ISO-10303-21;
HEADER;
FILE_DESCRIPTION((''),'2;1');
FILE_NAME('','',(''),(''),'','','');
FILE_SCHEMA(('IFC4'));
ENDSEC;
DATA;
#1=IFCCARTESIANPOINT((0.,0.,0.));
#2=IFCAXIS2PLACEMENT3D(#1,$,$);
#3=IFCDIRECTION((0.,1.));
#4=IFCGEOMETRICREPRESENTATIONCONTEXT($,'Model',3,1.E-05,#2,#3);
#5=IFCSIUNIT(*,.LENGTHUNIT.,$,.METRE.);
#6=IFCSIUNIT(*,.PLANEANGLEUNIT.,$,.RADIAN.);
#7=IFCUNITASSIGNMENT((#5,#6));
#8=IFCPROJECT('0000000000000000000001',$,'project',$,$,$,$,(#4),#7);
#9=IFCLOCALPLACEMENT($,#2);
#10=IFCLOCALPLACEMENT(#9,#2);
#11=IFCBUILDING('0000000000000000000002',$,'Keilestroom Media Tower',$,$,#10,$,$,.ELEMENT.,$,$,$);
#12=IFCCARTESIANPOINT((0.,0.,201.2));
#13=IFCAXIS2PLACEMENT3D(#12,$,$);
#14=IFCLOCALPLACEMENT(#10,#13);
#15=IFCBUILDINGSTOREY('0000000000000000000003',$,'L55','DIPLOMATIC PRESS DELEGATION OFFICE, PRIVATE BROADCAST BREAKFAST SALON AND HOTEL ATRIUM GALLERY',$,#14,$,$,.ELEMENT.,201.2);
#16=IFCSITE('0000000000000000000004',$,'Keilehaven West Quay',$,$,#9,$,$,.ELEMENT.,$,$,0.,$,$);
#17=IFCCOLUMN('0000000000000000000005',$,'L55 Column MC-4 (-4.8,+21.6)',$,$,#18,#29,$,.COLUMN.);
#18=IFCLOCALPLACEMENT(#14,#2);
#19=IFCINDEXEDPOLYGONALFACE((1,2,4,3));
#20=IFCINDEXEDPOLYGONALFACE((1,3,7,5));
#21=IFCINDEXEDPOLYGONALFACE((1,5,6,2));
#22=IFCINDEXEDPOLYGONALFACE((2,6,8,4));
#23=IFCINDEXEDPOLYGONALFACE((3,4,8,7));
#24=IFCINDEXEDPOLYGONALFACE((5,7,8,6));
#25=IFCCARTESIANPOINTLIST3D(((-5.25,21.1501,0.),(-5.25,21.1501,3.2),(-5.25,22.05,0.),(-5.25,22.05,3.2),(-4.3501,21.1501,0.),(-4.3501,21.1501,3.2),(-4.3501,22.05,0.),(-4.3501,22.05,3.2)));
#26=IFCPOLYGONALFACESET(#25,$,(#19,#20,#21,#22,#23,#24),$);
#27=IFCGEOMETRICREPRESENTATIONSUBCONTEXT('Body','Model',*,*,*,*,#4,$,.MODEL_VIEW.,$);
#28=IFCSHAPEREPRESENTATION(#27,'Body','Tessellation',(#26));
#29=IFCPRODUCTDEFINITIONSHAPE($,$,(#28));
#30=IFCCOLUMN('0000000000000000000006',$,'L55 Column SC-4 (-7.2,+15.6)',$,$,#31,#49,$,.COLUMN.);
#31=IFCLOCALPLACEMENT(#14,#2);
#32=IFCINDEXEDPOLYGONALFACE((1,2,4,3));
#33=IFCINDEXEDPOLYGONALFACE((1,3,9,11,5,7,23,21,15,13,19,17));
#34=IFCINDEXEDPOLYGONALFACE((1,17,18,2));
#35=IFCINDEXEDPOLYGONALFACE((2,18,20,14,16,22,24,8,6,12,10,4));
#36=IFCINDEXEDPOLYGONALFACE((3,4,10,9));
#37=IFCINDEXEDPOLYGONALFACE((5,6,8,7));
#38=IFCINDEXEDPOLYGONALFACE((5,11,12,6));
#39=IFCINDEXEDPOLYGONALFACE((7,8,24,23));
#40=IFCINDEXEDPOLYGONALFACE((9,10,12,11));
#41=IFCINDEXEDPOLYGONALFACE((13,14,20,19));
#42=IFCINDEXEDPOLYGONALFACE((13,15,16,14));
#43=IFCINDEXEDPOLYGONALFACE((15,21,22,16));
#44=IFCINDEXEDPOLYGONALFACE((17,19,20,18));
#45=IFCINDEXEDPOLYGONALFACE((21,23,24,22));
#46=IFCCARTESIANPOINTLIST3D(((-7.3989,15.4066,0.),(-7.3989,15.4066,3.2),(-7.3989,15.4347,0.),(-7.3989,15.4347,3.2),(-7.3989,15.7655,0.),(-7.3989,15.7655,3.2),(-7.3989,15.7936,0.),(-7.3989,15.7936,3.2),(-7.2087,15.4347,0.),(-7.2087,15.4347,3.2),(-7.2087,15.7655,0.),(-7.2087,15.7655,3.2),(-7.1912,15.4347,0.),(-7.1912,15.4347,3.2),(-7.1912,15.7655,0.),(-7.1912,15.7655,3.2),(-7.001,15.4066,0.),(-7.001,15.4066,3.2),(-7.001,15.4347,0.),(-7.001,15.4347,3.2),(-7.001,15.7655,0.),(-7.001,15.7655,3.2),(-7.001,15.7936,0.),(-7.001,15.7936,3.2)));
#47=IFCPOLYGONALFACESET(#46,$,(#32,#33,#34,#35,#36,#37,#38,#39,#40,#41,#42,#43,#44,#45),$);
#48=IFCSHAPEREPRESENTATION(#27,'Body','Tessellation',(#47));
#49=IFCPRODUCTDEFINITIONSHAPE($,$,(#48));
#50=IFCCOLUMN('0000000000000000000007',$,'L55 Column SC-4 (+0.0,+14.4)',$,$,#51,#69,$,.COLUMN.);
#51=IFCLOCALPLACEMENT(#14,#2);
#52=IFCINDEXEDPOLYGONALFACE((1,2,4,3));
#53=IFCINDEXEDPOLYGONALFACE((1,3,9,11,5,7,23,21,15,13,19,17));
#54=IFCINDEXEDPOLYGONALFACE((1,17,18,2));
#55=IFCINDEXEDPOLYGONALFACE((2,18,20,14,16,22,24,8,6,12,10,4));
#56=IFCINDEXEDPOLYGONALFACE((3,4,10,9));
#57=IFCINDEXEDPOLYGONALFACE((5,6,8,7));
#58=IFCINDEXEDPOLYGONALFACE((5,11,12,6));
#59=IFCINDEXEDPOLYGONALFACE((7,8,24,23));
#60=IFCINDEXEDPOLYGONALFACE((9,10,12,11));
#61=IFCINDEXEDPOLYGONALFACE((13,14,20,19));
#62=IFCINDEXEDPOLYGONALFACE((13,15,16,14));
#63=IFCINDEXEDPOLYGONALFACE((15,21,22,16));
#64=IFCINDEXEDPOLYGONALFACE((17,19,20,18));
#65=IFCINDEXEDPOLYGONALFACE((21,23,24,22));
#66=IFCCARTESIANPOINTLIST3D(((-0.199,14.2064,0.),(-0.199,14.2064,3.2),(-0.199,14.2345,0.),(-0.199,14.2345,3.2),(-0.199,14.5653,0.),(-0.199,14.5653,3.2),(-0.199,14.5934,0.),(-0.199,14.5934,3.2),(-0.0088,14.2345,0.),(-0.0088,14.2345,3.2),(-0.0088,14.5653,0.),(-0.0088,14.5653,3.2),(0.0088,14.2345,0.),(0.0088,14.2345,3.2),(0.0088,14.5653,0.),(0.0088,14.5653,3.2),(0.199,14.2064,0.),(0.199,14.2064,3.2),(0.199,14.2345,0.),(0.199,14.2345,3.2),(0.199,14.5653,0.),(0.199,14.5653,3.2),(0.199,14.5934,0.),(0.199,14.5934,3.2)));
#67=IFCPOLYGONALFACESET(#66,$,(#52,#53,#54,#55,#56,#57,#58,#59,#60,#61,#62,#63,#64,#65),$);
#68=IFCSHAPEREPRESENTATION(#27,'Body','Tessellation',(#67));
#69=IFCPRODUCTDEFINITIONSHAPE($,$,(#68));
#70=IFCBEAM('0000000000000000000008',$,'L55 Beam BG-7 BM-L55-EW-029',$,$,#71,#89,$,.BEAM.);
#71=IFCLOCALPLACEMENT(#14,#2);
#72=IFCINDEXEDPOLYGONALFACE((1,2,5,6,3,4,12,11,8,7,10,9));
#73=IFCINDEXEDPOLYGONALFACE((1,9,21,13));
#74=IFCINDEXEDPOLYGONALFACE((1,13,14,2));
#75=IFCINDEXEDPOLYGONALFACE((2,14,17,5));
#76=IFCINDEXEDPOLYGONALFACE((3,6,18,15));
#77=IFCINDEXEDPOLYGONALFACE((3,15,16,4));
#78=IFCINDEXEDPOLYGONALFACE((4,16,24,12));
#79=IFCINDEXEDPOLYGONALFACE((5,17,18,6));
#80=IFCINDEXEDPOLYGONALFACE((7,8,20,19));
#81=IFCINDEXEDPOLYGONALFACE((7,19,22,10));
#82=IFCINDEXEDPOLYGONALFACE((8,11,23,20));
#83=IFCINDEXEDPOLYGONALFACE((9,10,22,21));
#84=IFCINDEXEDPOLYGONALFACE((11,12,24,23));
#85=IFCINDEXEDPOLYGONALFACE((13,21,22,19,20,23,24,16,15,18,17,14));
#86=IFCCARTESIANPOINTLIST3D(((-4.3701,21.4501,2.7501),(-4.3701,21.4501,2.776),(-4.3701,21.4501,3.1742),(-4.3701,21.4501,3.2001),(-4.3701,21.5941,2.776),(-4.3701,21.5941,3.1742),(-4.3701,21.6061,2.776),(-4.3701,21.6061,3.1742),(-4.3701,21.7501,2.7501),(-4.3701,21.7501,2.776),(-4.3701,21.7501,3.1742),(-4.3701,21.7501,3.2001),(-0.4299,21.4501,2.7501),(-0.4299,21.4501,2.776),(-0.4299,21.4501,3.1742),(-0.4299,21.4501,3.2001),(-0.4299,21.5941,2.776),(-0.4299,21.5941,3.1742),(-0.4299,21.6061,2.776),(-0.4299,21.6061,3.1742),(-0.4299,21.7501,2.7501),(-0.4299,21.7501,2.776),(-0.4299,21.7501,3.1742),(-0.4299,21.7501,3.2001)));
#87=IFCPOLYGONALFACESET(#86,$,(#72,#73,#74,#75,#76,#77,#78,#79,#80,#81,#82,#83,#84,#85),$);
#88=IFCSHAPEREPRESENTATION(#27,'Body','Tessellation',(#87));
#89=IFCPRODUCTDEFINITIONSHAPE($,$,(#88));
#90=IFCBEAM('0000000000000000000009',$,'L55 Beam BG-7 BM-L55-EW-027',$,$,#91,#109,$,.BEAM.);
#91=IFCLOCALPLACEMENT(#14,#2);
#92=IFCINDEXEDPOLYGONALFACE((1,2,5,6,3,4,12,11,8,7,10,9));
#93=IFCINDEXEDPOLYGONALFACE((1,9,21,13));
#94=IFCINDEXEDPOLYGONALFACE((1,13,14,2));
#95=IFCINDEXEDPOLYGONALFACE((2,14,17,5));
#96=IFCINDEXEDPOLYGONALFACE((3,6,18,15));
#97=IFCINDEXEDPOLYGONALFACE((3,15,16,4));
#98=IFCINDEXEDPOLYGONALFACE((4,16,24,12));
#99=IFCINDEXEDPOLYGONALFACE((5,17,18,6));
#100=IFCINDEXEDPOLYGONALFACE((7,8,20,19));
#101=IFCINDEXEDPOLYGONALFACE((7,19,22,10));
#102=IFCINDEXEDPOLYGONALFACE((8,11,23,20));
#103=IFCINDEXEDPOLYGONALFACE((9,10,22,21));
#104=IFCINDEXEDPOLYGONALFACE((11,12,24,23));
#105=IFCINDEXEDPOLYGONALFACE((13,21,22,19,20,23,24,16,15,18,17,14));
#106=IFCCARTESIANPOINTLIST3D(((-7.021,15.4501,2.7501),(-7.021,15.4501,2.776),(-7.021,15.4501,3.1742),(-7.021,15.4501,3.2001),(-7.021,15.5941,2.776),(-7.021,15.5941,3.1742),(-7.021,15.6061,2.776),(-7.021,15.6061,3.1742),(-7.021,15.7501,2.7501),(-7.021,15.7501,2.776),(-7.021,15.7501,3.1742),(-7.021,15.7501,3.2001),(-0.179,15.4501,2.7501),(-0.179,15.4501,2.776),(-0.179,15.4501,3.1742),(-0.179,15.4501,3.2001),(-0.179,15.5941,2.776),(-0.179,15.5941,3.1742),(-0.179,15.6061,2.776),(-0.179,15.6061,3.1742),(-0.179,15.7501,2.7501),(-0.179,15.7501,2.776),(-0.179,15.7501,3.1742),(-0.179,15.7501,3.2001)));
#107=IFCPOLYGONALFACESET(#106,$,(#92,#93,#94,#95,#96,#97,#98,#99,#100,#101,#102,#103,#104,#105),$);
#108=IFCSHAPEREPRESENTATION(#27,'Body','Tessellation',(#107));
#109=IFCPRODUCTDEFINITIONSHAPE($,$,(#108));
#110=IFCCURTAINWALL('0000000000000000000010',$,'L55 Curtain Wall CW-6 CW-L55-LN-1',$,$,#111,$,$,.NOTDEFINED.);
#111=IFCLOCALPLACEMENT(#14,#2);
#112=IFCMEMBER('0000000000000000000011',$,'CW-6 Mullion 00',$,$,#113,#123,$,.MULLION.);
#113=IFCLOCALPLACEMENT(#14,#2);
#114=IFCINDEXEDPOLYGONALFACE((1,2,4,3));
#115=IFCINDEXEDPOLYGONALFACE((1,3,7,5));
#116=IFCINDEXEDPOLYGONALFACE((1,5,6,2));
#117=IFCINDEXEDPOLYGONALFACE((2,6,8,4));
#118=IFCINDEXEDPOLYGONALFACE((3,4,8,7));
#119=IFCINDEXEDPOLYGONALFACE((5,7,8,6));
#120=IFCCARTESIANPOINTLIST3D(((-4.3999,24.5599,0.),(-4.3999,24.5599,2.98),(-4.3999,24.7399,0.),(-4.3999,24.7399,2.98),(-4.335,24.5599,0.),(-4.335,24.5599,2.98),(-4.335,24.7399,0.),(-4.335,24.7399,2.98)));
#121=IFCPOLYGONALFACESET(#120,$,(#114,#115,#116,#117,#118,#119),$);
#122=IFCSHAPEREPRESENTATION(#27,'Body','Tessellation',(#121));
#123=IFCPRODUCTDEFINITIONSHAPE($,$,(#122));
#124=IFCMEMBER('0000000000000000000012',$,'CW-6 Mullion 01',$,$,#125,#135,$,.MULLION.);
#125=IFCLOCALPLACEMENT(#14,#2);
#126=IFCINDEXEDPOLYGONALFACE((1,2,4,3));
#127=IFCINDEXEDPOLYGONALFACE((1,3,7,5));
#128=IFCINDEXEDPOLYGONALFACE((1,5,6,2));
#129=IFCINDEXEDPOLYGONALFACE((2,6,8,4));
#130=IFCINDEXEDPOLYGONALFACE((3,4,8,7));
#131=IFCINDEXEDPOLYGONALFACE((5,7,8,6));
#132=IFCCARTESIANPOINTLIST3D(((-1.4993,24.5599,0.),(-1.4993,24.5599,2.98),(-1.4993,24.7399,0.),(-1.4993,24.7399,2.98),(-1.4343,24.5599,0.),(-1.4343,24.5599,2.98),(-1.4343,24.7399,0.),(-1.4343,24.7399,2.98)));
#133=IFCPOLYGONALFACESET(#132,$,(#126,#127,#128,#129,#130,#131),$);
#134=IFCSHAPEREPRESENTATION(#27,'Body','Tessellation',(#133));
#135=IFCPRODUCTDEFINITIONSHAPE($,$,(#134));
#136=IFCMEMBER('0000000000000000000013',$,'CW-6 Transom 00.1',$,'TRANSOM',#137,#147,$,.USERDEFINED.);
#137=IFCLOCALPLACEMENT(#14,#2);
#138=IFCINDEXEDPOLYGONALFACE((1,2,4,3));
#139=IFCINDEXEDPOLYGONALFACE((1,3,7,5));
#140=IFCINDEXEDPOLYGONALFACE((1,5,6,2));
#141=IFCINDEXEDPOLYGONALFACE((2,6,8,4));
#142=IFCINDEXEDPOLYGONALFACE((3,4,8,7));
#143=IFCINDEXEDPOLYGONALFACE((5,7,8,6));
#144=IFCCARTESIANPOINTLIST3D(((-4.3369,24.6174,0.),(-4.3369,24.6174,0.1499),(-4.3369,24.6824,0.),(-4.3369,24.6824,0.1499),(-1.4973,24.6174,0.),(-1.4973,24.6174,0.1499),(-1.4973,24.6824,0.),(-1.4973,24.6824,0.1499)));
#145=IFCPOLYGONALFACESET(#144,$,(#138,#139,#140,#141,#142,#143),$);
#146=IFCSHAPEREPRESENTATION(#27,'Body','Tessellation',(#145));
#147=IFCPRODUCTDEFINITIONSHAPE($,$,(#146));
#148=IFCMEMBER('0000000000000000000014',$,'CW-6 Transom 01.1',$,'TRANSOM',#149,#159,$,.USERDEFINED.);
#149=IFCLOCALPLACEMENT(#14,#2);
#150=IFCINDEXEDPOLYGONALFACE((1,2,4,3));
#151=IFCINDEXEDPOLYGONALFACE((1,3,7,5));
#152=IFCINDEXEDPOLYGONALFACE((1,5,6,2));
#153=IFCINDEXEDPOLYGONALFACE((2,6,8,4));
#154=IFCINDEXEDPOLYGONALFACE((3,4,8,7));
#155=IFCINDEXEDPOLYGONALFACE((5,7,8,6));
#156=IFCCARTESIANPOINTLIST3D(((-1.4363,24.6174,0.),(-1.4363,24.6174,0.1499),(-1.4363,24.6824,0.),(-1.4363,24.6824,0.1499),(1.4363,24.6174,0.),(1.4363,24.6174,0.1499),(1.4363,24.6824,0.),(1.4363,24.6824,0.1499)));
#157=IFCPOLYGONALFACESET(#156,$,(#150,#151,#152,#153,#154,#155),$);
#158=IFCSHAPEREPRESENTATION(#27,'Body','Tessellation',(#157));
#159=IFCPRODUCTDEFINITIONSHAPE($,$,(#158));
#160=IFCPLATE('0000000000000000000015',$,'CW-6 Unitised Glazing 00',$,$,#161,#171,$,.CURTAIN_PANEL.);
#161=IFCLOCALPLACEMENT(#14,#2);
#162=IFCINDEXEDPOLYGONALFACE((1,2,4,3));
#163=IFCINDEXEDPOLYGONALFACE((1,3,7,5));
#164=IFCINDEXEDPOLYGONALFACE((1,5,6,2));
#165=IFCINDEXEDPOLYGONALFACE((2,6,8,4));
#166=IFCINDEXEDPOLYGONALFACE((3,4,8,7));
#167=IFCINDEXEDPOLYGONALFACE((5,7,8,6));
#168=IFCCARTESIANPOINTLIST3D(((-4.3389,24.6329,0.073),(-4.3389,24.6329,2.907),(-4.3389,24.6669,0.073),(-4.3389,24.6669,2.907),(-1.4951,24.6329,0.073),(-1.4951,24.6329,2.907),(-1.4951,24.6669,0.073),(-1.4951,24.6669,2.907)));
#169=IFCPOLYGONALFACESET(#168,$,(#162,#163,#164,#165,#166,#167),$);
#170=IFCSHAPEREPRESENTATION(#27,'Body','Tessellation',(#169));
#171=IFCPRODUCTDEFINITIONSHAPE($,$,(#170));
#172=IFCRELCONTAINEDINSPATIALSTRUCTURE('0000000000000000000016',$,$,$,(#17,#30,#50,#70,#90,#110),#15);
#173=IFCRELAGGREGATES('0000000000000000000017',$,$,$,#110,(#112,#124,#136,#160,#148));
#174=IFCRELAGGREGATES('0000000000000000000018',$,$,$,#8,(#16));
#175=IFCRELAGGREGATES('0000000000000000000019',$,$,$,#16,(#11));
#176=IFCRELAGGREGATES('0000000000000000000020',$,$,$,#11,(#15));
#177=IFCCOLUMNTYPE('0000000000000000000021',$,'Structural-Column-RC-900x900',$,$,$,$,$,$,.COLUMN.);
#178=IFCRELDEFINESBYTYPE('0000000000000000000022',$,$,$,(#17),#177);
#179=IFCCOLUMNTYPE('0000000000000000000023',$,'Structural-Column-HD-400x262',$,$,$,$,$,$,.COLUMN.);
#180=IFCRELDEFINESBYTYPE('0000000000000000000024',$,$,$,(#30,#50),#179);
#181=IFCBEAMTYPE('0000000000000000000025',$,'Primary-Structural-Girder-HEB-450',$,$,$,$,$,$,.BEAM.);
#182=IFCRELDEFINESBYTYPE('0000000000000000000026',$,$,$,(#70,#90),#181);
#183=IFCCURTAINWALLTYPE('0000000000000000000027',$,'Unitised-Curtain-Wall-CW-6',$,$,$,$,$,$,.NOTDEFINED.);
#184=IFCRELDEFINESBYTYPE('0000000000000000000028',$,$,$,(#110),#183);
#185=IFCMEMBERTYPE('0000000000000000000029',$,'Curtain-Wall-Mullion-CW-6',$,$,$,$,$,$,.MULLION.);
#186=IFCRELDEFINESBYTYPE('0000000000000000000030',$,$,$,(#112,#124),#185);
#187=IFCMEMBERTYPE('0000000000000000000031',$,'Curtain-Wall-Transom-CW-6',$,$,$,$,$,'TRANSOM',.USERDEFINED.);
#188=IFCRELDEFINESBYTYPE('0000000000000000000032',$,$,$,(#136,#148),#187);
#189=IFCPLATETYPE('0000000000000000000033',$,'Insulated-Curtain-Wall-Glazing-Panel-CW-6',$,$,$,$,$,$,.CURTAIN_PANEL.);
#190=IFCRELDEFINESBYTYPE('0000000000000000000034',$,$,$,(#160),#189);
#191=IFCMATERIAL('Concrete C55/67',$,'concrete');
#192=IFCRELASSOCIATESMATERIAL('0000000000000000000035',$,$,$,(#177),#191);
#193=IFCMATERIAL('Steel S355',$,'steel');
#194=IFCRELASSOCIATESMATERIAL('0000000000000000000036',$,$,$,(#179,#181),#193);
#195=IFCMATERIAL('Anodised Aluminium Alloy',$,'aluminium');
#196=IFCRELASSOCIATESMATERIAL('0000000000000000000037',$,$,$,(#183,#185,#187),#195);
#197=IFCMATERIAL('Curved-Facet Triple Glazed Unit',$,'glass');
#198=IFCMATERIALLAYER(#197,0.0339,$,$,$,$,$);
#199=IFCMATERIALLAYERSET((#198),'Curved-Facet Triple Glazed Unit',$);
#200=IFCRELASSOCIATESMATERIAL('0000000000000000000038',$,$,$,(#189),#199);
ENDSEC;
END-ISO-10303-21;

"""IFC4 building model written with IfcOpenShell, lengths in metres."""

from ifc_helpers import new_model, si_unit, direction, frame, origin, origin_2d, place, context, subcontext, project, spatial, rectangle, i_section, extrude, source, transform, mapped, material, layer, layer_set, material_profile, profile_set, type_object, element, aggregate, save


model = new_model("IFC4")

# Units and contexts
model_context = context("Model", 3, precision=1e-05, world=origin(), true_north=direction((0.0, 1.0)))
body_context = subcontext(model_context, "Body", "Model", "MODEL_VIEW")
ifc_project = project(units=[si_unit("LENGTHUNIT", "METRE"), si_unit("PLANEANGLEUNIT", "RADIAN")], contexts=[model_context])

# Site, building, storey
site_placement = place(None, origin())
site = spatial("IfcSite", under=ifc_project, at=site_placement, Name="Keilehaven West Quay", CompositionType="ELEMENT", RefElevation=0.0)
building_placement = place(site_placement, origin())
building = spatial("IfcBuilding", under=site, at=building_placement, Name="Keilestroom Media Tower", CompositionType="ELEMENT")
storey_placement = place(building_placement, frame((0.0, 0.0, 201.2)))
storey = spatial("IfcBuildingStorey", under=building, at=storey_placement, Name="L55", Description="DIPLOMATIC PRESS DELEGATION OFFICE, PRIVATE BROADCAST BREAKFAST SALON AND HOTEL ATRIUM GALLERY", CompositionType="ELEMENT", Elevation=201.2)

# Columns
ifc_material_1 = material(Name="Concrete C55/67", Category="concrete")
ifc_material_profile_1 = material_profile(ifc_material_1, rectangle(XDim=0.8999, YDim=0.8999, at=origin_2d()), Name="RC 900x900")
ifc_profile_set_1 = profile_set([ifc_material_profile_1], Name="Concrete C55/67")
column_type_1 = type_object("IfcColumnType", Name="Structural-Column-RC-900x900", PredefinedType="COLUMN", material=ifc_profile_set_1)
shared_shape_1 = source(origin(), body_context, "Body", "SweptSolid", [
    extrude(rectangle(XDim=0.8999, YDim=0.8999, at=origin_2d()), origin(), (0.0, 0.0, 1.0), 3.2),
])
column_placement = place(storey_placement, frame((-4.8, 21.6001, 0.0), z_axis=(0.0, 0.0, 1.0), x_axis=(1.0, 0.0, 0.0)))
element("IfcColumn", 1, at=column_placement, inside=storey, type_object=column_type_1, Name="L55 Column MC-4 (-4.8,+21.6)", PredefinedType="COLUMN", context=body_context, shape_type="MappedRepresentation", body=[
    mapped(shared_shape_1, transform((0.0, 0.0, 0.0), x_axis=(1.0, 0.0, 0.0), y_axis=(0.0, 1.0, 0.0), z_axis=(0.0, 0.0, 1.0), scale=1.0)),
])
ifc_material_2 = material(Name="Steel S355", Category="steel")
ifc_material_profile_2 = material_profile(ifc_material_2, i_section(OverallWidth=0.3979, OverallDepth=0.387, WebThickness=0.0176, FlangeThickness=0.0281, at=origin_2d()), Name="HD 400x262")
ifc_profile_set_2 = profile_set([ifc_material_profile_2], Name="Steel S355")
column_type_2 = type_object("IfcColumnType", Name="Structural-Column-HD-400x262", PredefinedType="COLUMN", material=ifc_profile_set_2)
shared_shape_2 = source(origin(), body_context, "Body", "SweptSolid", [
    extrude(i_section(OverallWidth=0.3979, OverallDepth=0.387, WebThickness=0.0176, FlangeThickness=0.0281, at=origin_2d()), origin(), (0.0, 0.0, 1.0), 3.2),
])
for number, where, z_axis, x_axis, name in (
    (2, (-7.2, 15.6001, 0.0), (0.0, 0.0, 1.0), (1.0, 0.0, 0.0), "L55 Column SC-4 (-7.2,+15.6)"),
    (3, (0.0, 14.3999, 0.0), (0.0, 0.0, 1.0), (1.0, 0.0, 0.0), "L55 Column SC-4 (+0.0,+14.4)"),
):
    element("IfcColumn", number, at=place(storey_placement, frame(where, z_axis=z_axis, x_axis=x_axis)), inside=storey, type_object=column_type_2, Name=name, PredefinedType="COLUMN", context=body_context, shape_type="MappedRepresentation", body=[
        mapped(shared_shape_2, transform((0.0, 0.0, 0.0), x_axis=(1.0, 0.0, 0.0), y_axis=(0.0, 1.0, 0.0), z_axis=(0.0, 0.0, 1.0), scale=1.0)),
    ])

# Beams
ifc_material_profile_3 = material_profile(ifc_material_2, i_section(OverallWidth=0.3, OverallDepth=0.45, WebThickness=0.012, FlangeThickness=0.0259, at=origin_2d()), Name="HEB 450")
ifc_profile_set_3 = profile_set([ifc_material_profile_3], Name="Steel S355")
beam_type = type_object("IfcBeamType", Name="Primary-Structural-Girder-HEB-450", PredefinedType="BEAM", material=ifc_profile_set_3)
shared_shape_3 = source(origin(), body_context, "Body", "SweptSolid", [
    extrude(i_section(OverallWidth=0.3, OverallDepth=0.45, WebThickness=0.012, FlangeThickness=0.0259, at=origin_2d()), origin(), (0.0, 0.0, 1.0), 3.9402),
])
beam_1_placement = place(storey_placement, frame((-4.3701, 21.6001, 2.9751), z_axis=(1.0, 0.0, 0.0), x_axis=(0.0, 1.0, 0.0)))
element("IfcBeam", 4, at=beam_1_placement, inside=storey, type_object=beam_type, Name="L55 Beam BG-7 BM-L55-EW-029", PredefinedType="BEAM", context=body_context, shape_type="MappedRepresentation", body=[
    mapped(shared_shape_3, transform((0.0, 0.0, 0.0), x_axis=(1.0, 0.0, 0.0), y_axis=(0.0, 1.0, 0.0), z_axis=(0.0, 0.0, 1.0), scale=1.0)),
])
shared_shape_4 = source(origin(), body_context, "Body", "SweptSolid", [
    extrude(i_section(OverallWidth=0.3, OverallDepth=0.45, WebThickness=0.012, FlangeThickness=0.0259, at=origin_2d()), origin(), (0.0, 0.0, 1.0), 6.842),
])
beam_2_placement = place(storey_placement, frame((-7.021, 15.6001, 2.9751), z_axis=(1.0, 0.0, 0.0), x_axis=(0.0, 1.0, 0.0)))
element("IfcBeam", 5, at=beam_2_placement, inside=storey, type_object=beam_type, Name="L55 Beam BG-7 BM-L55-EW-027", PredefinedType="BEAM", context=body_context, shape_type="MappedRepresentation", body=[
    mapped(shared_shape_4, transform((0.0, 0.0, 0.0), x_axis=(1.0, 0.0, 0.0), y_axis=(0.0, 1.0, 0.0), z_axis=(0.0, 0.0, 1.0), scale=1.0)),
])

# Curtain wall, members, plate
ifc_material_3 = material(Name="Anodised Aluminium Alloy", Category="aluminium")
curtain_wall_type = type_object("IfcCurtainWallType", Name="Unitised-Curtain-Wall-CW-6", PredefinedType="NOTDEFINED", material=ifc_material_3)
curtain_wall_placement = place(storey_placement, origin())
curtain_wall = element("IfcCurtainWall", 6, at=curtain_wall_placement, inside=storey, type_object=curtain_wall_type, Name="L55 Curtain Wall CW-6 CW-L55-LN-1", PredefinedType="NOTDEFINED")
ifc_material_profile_4 = material_profile(ifc_material_3, rectangle(XDim=0.0649, YDim=0.1799, at=origin_2d()), Name="ALU MULLION 65x180")
ifc_profile_set_4 = profile_set([ifc_material_profile_4], Name="Anodised Aluminium Alloy")
member_type_1 = type_object("IfcMemberType", Name="Curtain-Wall-Mullion-CW-6", PredefinedType="MULLION", material=ifc_profile_set_4)
shared_shape_5 = source(origin(), body_context, "Body", "SweptSolid", [
    extrude(rectangle(XDim=0.0649, YDim=0.1799, at=origin_2d()), origin(), (0.0, 0.0, 1.0), 2.98),
])
member_1_placement = place(storey_placement, frame((-4.3674, 24.6499, 0.0), z_axis=(0.0, 0.0, 1.0), x_axis=(1.0, 0.0, 0.0)))
member_1 = element("IfcMember", 7, at=member_1_placement, type_object=member_type_1, Name="CW-6 Mullion 00", PredefinedType="MULLION", context=body_context, shape_type="MappedRepresentation", body=[
    mapped(shared_shape_5, transform((0.0, 0.0, 0.0), x_axis=(1.0, 0.0, 0.0), y_axis=(0.0, 1.0, 0.0), z_axis=(0.0, 0.0, 1.0), scale=1.0)),
])
member_2_placement = place(storey_placement, frame((-1.4668, 24.6499, 0.0), z_axis=(0.0, 0.0, 1.0), x_axis=(1.0, 0.0, 0.0)))
member_2 = element("IfcMember", 8, at=member_2_placement, type_object=member_type_1, Name="CW-6 Mullion 01", PredefinedType="MULLION", context=body_context, shape_type="MappedRepresentation", body=[
    mapped(shared_shape_5, transform((0.0, 0.0, 0.0), x_axis=(1.0, 0.0, 0.0), y_axis=(0.0, 1.0, 0.0), z_axis=(0.0, 0.0, 1.0), scale=1.0)),
])
ifc_material_profile_5 = material_profile(ifc_material_3, rectangle(XDim=0.0649, YDim=0.1499, at=origin_2d()), Name="ALU TRANSOM 65x150")
ifc_profile_set_5 = profile_set([ifc_material_profile_5], Name="Anodised Aluminium Alloy")
member_type_2 = type_object("IfcMemberType", Name="Curtain-Wall-Transom-CW-6", ElementType="TRANSOM", PredefinedType="USERDEFINED", material=ifc_profile_set_5)
shared_shape_6 = source(origin(), body_context, "Body", "SweptSolid", [
    extrude(rectangle(XDim=0.0649, YDim=0.1499, at=origin_2d()), origin(), (0.0, 0.0, 1.0), 2.8396),
])
member_3_placement = place(storey_placement, frame((-4.3369, 24.6499, 0.075), z_axis=(1.0, 0.0, 0.0), x_axis=(0.0, 1.0, 0.0)))
member_3 = element("IfcMember", 9, at=member_3_placement, type_object=member_type_2, Name="CW-6 Transom 00.1", ObjectType="TRANSOM", PredefinedType="USERDEFINED", context=body_context, shape_type="MappedRepresentation", body=[
    mapped(shared_shape_6, transform((0.0, 0.0, 0.0), x_axis=(1.0, 0.0, 0.0), y_axis=(0.0, 1.0, 0.0), z_axis=(0.0, 0.0, 1.0), scale=1.0)),
])
shared_shape_7 = source(origin(), body_context, "Body", "SweptSolid", [
    extrude(rectangle(XDim=0.0649, YDim=0.1499, at=origin_2d()), origin(), (0.0, 0.0, 1.0), 2.8726),
])
member_4_placement = place(storey_placement, frame((-1.4363, 24.6499, 0.075), z_axis=(1.0, 0.0, 0.0), x_axis=(0.0, 1.0, 0.0)))
member_4 = element("IfcMember", 10, at=member_4_placement, type_object=member_type_2, Name="CW-6 Transom 01.1", ObjectType="TRANSOM", PredefinedType="USERDEFINED", context=body_context, shape_type="MappedRepresentation", body=[
    mapped(shared_shape_7, transform((0.0, 0.0, 0.0), x_axis=(1.0, 0.0, 0.0), y_axis=(0.0, 1.0, 0.0), z_axis=(0.0, 0.0, 1.0), scale=1.0)),
])
ifc_material_4 = material(Name="Curved-Facet Triple Glazed Unit", Category="glass")
ifc_layer_1 = layer(ifc_material_4, 0.0339)
ifc_layer_set_1 = layer_set([ifc_layer_1], Name="Curved-Facet Triple Glazed Unit")
plate_type = type_object("IfcPlateType", Name="Insulated-Curtain-Wall-Glazing-Panel-CW-6", PredefinedType="CURTAIN_PANEL", material=ifc_layer_set_1)
shared_shape_8 = source(origin(), body_context, "Body", "SweptSolid", [
    extrude(rectangle(XDim=2.8438, YDim=0.0339, at=origin_2d()), origin(), (0.0, 0.0, 1.0), 2.834),
])
plate_placement = place(storey_placement, frame((-2.917, 24.6499, 0.073), z_axis=(0.0, 0.0, 1.0), x_axis=(1.0, 0.0, 0.0)))
plate = element("IfcPlate", 11, at=plate_placement, type_object=plate_type, Name="CW-6 Unitised Glazing 00", PredefinedType="CURTAIN_PANEL", context=body_context, shape_type="MappedRepresentation", body=[
    mapped(shared_shape_8, transform((0.0, 0.0, 0.0), x_axis=(1.0, 0.0, 0.0), y_axis=(0.0, 1.0, 0.0), z_axis=(0.0, 0.0, 1.0), scale=1.0)),
])
aggregate(curtain_wall, [member_1, member_2, member_3, plate, member_4])

save(model, "model.ifc")
